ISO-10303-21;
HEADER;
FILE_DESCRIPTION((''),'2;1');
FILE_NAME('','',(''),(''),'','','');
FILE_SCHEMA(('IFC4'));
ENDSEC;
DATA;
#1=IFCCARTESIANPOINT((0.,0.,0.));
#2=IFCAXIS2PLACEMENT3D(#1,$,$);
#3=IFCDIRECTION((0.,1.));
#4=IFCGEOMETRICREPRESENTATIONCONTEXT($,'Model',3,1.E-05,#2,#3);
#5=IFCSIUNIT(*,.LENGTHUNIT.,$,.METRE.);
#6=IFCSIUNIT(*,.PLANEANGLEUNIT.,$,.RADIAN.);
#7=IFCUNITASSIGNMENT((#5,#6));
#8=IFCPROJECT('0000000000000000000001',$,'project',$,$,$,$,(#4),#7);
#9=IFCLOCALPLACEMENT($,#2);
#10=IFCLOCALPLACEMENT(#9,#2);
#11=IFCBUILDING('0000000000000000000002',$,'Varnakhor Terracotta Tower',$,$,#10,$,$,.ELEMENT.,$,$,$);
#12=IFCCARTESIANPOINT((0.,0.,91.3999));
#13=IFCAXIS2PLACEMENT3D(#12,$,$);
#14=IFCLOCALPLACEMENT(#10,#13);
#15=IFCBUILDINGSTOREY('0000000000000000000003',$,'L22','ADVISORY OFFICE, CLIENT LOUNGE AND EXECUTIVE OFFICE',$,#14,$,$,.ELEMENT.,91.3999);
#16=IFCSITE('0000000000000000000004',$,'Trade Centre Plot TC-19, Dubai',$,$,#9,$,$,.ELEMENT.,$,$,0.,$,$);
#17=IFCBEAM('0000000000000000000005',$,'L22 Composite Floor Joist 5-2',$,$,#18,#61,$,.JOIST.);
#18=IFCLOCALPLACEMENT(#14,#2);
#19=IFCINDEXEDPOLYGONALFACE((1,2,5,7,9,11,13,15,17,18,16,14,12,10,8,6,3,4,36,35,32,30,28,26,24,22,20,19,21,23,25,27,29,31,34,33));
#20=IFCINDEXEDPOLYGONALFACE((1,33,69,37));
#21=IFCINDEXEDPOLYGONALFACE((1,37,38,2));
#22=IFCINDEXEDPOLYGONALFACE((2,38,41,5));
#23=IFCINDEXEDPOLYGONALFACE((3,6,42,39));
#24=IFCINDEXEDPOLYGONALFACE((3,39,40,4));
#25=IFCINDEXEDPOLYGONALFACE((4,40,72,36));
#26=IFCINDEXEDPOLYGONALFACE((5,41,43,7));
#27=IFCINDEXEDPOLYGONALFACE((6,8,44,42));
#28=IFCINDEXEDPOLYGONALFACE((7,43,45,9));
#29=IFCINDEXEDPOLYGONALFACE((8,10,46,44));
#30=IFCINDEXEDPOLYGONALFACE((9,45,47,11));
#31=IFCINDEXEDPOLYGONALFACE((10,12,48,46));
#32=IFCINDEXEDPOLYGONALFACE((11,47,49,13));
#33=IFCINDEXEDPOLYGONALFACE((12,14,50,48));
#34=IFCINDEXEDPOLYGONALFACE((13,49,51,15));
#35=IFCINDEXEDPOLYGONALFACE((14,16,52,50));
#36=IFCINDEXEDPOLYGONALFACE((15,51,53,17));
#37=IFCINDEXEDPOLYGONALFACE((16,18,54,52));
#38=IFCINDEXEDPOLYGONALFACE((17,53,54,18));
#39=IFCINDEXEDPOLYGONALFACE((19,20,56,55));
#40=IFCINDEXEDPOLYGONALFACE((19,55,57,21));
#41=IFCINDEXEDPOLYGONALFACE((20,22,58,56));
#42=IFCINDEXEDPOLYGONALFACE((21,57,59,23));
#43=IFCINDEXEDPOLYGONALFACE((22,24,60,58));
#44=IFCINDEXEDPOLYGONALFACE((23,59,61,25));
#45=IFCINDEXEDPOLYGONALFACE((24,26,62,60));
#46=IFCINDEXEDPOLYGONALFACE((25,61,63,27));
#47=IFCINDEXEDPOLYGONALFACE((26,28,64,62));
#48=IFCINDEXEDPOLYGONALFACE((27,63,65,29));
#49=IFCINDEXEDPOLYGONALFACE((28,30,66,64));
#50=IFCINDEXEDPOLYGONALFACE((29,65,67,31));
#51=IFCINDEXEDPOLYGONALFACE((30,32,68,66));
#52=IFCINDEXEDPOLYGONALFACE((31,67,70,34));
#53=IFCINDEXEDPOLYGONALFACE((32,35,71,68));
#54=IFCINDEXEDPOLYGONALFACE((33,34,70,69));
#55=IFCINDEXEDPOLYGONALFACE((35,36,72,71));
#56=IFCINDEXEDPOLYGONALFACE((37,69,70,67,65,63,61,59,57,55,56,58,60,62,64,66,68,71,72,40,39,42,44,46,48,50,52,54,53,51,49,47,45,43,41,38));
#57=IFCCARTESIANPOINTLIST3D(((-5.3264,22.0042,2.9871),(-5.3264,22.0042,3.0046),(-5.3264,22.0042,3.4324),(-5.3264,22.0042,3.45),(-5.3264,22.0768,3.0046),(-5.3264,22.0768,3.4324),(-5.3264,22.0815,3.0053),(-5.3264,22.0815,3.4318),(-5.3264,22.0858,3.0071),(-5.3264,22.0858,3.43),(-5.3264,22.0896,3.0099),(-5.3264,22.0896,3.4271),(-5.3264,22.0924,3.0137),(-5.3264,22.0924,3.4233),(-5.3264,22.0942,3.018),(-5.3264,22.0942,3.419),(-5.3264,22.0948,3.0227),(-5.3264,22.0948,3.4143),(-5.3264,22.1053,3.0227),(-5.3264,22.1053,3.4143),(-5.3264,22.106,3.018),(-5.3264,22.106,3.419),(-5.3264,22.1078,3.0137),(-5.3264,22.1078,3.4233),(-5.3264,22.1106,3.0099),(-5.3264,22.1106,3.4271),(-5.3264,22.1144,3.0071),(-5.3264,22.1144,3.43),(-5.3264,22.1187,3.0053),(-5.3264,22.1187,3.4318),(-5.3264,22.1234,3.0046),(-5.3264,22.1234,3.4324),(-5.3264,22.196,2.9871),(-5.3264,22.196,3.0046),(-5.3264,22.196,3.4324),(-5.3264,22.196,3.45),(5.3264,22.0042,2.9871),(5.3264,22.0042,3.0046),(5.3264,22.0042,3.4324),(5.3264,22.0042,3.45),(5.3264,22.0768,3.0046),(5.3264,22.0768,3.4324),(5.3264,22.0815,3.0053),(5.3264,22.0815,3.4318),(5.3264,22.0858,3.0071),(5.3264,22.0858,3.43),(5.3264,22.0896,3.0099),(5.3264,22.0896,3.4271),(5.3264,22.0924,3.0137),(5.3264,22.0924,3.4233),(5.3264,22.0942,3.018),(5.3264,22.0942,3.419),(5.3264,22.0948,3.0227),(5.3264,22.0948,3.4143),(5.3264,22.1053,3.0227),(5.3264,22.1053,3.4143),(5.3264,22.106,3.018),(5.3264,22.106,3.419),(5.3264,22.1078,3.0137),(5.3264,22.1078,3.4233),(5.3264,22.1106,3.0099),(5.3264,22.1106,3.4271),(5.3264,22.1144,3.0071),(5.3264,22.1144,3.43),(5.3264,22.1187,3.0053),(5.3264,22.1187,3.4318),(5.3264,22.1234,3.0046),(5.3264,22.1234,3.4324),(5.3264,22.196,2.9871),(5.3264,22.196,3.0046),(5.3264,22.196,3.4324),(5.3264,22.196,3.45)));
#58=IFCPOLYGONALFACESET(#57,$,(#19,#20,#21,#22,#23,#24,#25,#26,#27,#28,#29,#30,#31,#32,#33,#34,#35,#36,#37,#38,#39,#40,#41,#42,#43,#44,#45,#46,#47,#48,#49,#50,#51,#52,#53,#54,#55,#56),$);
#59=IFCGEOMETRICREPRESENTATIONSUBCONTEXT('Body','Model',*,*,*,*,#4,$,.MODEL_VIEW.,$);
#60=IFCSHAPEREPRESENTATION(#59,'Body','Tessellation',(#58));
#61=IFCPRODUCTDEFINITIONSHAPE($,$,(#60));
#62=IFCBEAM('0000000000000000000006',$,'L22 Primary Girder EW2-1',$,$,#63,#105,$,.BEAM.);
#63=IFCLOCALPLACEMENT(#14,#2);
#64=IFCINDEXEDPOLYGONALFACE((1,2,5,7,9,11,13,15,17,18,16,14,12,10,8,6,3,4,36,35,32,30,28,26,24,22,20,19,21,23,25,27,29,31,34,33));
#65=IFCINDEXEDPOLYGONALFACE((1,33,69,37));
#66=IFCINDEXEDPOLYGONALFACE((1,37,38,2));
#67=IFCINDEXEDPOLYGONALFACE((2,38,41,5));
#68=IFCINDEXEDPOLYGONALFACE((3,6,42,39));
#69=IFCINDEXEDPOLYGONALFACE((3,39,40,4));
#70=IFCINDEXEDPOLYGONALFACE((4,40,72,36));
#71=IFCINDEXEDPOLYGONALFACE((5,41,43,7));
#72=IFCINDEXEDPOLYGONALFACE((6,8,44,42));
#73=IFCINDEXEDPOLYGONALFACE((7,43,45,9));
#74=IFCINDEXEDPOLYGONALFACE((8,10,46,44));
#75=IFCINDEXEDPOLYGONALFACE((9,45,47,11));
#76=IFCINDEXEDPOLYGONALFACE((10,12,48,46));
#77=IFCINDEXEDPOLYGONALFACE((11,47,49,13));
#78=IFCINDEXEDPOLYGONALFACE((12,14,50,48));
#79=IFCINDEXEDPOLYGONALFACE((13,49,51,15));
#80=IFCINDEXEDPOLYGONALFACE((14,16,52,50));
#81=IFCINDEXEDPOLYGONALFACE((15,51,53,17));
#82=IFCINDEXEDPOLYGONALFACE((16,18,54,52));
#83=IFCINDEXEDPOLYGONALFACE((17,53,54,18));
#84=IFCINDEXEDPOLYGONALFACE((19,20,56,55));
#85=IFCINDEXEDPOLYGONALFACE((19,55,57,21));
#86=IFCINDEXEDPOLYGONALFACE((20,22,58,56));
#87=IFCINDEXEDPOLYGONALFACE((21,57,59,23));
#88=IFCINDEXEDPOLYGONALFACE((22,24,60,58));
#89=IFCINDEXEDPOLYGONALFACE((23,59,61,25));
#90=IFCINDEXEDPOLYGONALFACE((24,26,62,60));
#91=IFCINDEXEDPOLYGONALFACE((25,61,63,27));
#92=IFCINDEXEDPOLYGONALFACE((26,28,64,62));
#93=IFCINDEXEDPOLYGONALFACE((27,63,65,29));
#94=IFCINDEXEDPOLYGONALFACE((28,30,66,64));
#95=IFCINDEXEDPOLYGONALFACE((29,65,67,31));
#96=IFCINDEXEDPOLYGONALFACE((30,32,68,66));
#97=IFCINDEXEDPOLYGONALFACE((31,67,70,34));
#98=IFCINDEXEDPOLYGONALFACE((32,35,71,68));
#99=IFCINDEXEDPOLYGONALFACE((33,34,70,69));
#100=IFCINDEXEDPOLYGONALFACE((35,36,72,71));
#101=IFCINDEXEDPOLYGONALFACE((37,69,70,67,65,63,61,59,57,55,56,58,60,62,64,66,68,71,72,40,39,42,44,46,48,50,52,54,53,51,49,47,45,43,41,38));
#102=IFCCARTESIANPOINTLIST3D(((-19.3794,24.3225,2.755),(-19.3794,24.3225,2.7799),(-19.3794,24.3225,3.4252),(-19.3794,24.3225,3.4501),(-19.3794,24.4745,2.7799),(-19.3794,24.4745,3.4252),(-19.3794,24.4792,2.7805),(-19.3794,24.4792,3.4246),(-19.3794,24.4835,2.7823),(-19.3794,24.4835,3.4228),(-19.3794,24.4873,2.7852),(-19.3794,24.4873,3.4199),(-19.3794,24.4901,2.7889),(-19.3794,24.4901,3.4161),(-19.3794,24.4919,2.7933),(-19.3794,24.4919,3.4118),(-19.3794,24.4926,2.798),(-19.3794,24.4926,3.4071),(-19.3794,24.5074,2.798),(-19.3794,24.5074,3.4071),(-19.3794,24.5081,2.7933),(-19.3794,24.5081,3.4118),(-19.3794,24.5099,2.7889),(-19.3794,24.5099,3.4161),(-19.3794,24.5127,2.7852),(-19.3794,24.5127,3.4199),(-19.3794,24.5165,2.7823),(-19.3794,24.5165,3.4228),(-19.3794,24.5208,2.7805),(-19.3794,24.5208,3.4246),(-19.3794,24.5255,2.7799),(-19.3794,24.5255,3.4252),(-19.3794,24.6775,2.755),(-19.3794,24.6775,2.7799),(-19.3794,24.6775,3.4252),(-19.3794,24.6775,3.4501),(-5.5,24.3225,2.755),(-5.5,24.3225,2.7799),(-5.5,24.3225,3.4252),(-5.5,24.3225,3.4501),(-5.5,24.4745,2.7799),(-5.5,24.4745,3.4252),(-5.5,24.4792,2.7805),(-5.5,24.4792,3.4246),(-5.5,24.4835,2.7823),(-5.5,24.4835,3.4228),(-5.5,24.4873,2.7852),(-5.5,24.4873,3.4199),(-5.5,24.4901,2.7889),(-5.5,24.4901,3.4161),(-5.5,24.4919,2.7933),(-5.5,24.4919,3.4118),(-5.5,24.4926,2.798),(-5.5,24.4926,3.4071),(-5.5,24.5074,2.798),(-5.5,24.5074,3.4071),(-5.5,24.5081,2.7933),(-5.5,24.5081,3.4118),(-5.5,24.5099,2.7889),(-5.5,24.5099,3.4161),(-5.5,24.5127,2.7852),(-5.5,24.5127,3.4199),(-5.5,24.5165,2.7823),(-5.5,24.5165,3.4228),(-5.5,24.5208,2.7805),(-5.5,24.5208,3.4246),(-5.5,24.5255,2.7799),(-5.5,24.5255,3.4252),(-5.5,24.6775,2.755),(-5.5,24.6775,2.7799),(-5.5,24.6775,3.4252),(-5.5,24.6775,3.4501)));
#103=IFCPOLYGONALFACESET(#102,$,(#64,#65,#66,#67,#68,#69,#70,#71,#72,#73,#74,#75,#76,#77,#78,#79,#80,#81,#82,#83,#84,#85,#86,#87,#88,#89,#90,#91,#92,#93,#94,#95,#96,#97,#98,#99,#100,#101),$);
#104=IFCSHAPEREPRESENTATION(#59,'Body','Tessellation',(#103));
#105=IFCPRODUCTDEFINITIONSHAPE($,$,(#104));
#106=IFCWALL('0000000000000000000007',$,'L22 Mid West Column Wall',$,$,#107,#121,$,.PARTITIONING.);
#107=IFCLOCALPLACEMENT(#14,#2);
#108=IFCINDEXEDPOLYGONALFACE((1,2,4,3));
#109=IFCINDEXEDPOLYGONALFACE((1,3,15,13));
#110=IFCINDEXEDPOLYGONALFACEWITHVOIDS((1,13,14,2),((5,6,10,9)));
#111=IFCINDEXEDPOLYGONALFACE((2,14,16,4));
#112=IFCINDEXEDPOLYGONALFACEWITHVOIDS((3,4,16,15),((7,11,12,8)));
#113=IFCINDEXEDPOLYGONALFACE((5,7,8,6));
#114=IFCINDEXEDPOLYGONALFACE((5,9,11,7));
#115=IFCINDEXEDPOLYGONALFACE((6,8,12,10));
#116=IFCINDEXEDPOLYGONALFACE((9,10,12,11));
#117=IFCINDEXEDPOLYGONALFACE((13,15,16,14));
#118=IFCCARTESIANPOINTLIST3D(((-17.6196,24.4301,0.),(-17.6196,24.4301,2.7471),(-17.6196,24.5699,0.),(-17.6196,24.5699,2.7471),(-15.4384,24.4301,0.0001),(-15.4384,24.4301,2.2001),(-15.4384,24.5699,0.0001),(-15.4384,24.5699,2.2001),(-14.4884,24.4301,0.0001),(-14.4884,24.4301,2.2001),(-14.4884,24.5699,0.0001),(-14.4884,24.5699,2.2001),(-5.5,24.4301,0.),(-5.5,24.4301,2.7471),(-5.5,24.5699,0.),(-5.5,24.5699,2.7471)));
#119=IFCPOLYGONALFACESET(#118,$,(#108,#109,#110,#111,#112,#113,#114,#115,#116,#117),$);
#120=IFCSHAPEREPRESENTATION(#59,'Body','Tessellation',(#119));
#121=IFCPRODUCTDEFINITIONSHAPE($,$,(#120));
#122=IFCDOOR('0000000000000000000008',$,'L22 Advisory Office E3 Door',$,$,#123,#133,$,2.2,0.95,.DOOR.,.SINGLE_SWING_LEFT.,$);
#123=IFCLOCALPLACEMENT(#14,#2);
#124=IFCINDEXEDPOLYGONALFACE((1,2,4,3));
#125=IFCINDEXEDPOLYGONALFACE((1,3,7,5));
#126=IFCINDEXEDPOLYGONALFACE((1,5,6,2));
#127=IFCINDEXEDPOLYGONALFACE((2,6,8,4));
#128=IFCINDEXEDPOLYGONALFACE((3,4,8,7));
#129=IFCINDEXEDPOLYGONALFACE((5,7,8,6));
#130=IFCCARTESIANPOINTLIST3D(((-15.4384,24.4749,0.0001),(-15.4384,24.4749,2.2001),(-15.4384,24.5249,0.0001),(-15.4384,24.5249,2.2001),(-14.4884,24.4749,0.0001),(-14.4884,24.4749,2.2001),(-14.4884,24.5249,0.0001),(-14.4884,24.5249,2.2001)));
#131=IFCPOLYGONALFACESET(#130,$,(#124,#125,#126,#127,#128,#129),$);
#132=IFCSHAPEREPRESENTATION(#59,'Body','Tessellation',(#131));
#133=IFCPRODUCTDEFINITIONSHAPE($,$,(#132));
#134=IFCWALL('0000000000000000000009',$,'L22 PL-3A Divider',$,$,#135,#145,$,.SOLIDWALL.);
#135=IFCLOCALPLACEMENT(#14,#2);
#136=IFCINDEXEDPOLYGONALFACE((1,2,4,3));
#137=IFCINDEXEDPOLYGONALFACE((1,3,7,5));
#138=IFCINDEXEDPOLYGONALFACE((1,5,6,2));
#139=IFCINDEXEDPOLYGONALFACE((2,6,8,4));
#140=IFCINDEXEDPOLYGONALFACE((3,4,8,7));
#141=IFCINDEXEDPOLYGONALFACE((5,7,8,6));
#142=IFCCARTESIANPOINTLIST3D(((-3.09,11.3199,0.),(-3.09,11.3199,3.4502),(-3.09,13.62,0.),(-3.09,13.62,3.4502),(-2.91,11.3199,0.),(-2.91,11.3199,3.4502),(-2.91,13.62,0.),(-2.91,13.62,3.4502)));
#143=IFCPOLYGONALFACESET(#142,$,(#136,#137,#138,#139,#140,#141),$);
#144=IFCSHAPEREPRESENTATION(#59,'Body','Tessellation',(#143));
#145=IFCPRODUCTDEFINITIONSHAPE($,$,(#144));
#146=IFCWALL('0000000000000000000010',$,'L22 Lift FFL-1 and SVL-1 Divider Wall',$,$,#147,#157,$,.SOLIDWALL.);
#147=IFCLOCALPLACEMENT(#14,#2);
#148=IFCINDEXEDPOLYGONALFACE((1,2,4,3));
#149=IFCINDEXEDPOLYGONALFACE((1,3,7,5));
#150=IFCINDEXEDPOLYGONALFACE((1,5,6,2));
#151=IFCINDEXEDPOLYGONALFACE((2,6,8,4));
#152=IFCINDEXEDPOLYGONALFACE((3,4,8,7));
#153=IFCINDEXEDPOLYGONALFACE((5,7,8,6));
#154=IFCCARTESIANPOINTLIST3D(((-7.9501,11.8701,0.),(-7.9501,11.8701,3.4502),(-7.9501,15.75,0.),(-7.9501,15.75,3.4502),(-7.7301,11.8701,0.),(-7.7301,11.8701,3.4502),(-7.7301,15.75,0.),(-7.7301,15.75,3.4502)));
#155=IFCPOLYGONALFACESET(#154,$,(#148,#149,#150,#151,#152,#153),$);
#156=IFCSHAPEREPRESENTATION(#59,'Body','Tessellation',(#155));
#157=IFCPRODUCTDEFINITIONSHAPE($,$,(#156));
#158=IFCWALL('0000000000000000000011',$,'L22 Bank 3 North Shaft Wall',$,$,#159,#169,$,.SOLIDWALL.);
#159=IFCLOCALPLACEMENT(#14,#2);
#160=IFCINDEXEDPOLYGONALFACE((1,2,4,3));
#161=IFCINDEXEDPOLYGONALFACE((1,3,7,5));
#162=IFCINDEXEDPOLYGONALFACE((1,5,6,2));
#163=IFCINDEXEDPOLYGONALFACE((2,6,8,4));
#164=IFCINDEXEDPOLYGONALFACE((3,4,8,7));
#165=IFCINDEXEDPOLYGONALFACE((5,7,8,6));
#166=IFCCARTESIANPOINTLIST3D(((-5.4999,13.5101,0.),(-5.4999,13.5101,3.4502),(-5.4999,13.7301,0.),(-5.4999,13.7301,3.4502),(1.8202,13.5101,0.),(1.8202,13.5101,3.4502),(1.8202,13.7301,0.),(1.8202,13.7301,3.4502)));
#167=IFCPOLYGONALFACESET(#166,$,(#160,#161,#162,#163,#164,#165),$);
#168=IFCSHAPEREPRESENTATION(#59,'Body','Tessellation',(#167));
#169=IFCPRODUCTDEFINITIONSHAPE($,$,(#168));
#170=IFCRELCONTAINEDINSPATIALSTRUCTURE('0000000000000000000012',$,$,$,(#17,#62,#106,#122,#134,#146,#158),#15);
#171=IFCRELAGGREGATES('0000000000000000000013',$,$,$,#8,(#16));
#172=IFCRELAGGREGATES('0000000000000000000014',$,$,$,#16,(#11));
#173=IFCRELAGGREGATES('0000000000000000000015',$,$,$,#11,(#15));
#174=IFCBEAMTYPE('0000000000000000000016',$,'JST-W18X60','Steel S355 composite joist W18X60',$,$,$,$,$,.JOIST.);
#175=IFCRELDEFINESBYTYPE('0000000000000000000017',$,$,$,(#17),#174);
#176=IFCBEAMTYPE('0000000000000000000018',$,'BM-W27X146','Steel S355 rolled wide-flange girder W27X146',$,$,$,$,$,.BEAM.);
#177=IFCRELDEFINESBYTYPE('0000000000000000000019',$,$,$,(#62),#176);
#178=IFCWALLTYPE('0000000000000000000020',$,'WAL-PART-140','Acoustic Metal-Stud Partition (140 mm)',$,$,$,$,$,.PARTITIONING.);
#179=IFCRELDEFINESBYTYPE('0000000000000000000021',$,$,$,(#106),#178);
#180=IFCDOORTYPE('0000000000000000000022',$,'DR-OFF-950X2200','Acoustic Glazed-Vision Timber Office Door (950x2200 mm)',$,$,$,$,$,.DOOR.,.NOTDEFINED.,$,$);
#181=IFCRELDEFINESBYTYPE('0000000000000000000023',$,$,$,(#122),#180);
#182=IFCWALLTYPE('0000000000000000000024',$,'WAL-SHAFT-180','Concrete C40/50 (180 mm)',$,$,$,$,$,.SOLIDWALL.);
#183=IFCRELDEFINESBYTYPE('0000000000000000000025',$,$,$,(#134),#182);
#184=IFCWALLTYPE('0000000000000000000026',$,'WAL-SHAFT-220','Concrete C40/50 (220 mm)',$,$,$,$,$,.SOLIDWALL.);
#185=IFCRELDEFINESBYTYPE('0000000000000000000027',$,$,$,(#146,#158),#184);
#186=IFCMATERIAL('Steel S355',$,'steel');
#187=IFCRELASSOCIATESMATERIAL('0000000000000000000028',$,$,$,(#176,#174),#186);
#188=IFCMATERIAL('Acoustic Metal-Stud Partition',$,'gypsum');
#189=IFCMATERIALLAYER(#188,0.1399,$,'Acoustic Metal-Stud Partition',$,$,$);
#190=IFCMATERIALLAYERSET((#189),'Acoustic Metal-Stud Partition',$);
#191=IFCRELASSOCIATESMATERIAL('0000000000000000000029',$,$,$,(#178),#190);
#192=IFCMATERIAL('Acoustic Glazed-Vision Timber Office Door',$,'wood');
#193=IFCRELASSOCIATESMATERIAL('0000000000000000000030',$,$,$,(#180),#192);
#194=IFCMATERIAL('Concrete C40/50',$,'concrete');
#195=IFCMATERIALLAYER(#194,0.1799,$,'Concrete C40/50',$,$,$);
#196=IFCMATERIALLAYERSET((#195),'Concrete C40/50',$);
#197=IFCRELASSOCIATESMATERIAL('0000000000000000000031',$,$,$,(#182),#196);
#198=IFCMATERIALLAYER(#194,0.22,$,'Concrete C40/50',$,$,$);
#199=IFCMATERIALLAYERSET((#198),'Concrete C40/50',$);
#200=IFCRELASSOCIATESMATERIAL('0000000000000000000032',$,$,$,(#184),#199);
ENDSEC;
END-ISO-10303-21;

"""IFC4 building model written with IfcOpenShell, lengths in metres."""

from ifc_helpers import new_model, si_unit, direction, frame, frame_2d, origin, origin_2d, place, context, subcontext, project, spatial, rectangle, i_section, extrude, source, transform, mapped, material, layer, layer_set, material_profile, profile_set, type_object, type_shapes, element, fill, save


model = new_model("IFC4")

# Units and contexts
model_context = context("Model", 3, precision=1e-05, world=origin(), true_north=direction((0.0, 1.0)))
body_context = subcontext(model_context, "Body", "Model", "MODEL_VIEW")
ifc_project = project(units=[si_unit("LENGTHUNIT", "METRE"), si_unit("PLANEANGLEUNIT", "RADIAN")], contexts=[model_context])

# Site, building, storey
site_placement = place(None, origin())
site = spatial("IfcSite", under=ifc_project, at=site_placement, Name="Trade Centre Plot TC-19, Dubai", CompositionType="ELEMENT", RefElevation=0.0)
building_placement = place(site_placement, origin())
building = spatial("IfcBuilding", under=site, at=building_placement, Name="Varnakhor Terracotta Tower", CompositionType="ELEMENT")
storey_placement = place(building_placement, frame((0.0, 0.0, 91.3999)))
storey = spatial("IfcBuildingStorey", under=building, at=storey_placement, Name="L22", Description="ADVISORY OFFICE, CLIENT LOUNGE AND EXECUTIVE OFFICE", CompositionType="ELEMENT", Elevation=91.3999)

# Beams
ifc_material_1 = material(Name="Steel S355", Category="steel")
ifc_material_profile_1 = material_profile(ifc_material_1, i_section(OverallWidth=0.355, OverallDepth=0.6951, WebThickness=0.0149, FlangeThickness=0.0249, FilletRadius=0.0181, at=origin_2d()), Name="W27X146")
ifc_profile_set_1 = profile_set([ifc_material_profile_1], Name="Steel S355")
beam_type_1 = type_object("IfcBeamType", Name="BM-W27X146", Description="Steel S355 rolled wide-flange girder W27X146", PredefinedType="BEAM", material=ifc_profile_set_1)
ifc_material_profile_2 = material_profile(ifc_material_1, i_section(OverallWidth=0.1919, OverallDepth=0.4629, WebThickness=0.0105, FlangeThickness=0.0176, FilletRadius=0.0181, at=origin_2d()), Name="W18X60")
ifc_profile_set_2 = profile_set([ifc_material_profile_2], Name="Steel S355")
beam_type_2 = type_object("IfcBeamType", Name="JST-W18X60", Description="Steel S355 composite joist W18X60", PredefinedType="JOIST", material=ifc_profile_set_2)
shared_shape_1 = source(origin(), body_context, "Body", "SweptSolid", [
    extrude(i_section(OverallWidth=0.1919, OverallDepth=0.4629, WebThickness=0.0105, FlangeThickness=0.0176, FilletRadius=0.0181, at=origin_2d()), origin(), (0.0, 0.0, 1.0), 10.6528),
])
for number, where, z_axis, x_axis, name in (
    (1, (-5.3264, 22.1001, 3.2185), (1.0, 0.0, 0.0), (0.0, 1.0, 0.0), "L22 Composite Floor Joist 5-2"),
):
    element("IfcBeam", number, at=place(storey_placement, frame(where, z_axis=z_axis, x_axis=x_axis)), inside=storey, type_object=beam_type_2, Name=name, PredefinedType="JOIST", context=body_context, shape_type="MappedRepresentation", body=[
        mapped(shared_shape_1, transform((0.0, 0.0, 0.0), scale=1.0)),
    ])
shared_shape_2 = source(origin(), body_context, "Body", "SweptSolid", [
    extrude(i_section(OverallWidth=0.355, OverallDepth=0.6951, WebThickness=0.0149, FlangeThickness=0.0249, FilletRadius=0.0181, at=origin_2d()), origin(), (0.0, 0.0, 1.0), 13.8794),
])
beam_1_placement = place(storey_placement, frame((-19.3794, 24.5, 3.1025), z_axis=(1.0, 0.0, 0.0), x_axis=(0.0, 1.0, 0.0)))
element("IfcBeam", 2, at=beam_1_placement, inside=storey, type_object=beam_type_1, Name="L22 Primary Girder EW2-1", PredefinedType="BEAM", context=body_context, shape_type="MappedRepresentation", body=[
    mapped(shared_shape_2, transform((0.0, 0.0, 0.0), scale=1.0)),
])

# Wall, opening, door
ifc_material_2 = material(Name="Acoustic Metal-Stud Partition", Category="gypsum")
ifc_layer_1 = layer(ifc_material_2, 0.1399, Name="Acoustic Metal-Stud Partition")
ifc_layer_set_1 = layer_set([ifc_layer_1], Name="Acoustic Metal-Stud Partition")
wall_type_1 = type_object("IfcWallType", Name="WAL-PART-140", Description="Acoustic Metal-Stud Partition (140 mm)", PredefinedType="PARTITIONING", material=ifc_layer_set_1)
wall_1_placement = place(storey_placement, frame((-17.6196, 24.5, 0.0), z_axis=(0.0, 0.0, 1.0), x_axis=(1.0, 0.0, 0.0)))
wall_1 = element("IfcWall", 3, at=wall_1_placement, inside=storey, type_object=wall_type_1, Name="L22 Mid West Column Wall", PredefinedType="PARTITIONING", context=body_context, shape_type="SweptSolid", body=[
    extrude(rectangle(XDim=12.1196, YDim=0.1399, at=frame_2d((6.0598, 0.0))), origin(), (0.0, 0.0, 1.0), 2.7471),
])
opening_1_placement = place(wall_1_placement, frame((2.1812, 0.0, 0.0)))
opening_1 = element("IfcOpeningElement", 4, at=opening_1_placement, cuts=wall_1, PredefinedType="OPENING", context=body_context, shape_type="SweptSolid", body=[
    extrude(rectangle(XDim=0.95, YDim=2.2, at=frame_2d((0.4751, 1.1001))), frame((0.0, 0.0801, 0.0), z_axis=(0.0, -1.0, 0.0), x_axis=(1.0, 0.0, 0.0)), (0.0, 0.0, 1.0), 0.1599),
])
ifc_material_3 = material(Name="Acoustic Glazed-Vision Timber Office Door", Category="wood")
door_type_1 = type_object("IfcDoorType", Name="DR-OFF-950X2200", Description="Acoustic Glazed-Vision Timber Office Door (950x2200 mm)", OperationType="NOTDEFINED", PredefinedType="DOOR", material=ifc_material_3)
shared_shape_3 = source(origin(), body_context, "Body", "SweptSolid", [
    extrude(rectangle(XDim=0.95, YDim=2.2, at=frame_2d((0.4751, 1.1001))), frame((0.0, 0.0249, 0.0), z_axis=(0.0, -1.0, 0.0), x_axis=(1.0, 0.0, 0.0)), (0.0, 0.0, 1.0), 0.05),
])
type_shapes(door_type_1, [shared_shape_3])
door_1_placement = place(opening_1_placement, origin())
door_1 = element("IfcDoor", 5, at=door_1_placement, inside=storey, type_object=door_type_1, Name="L22 Advisory Office E3 Door", OperationType="SINGLE_SWING_LEFT", OverallHeight=2.2, OverallWidth=0.95, PredefinedType="DOOR", context=body_context, shape_type="MappedRepresentation", body=[
    mapped(shared_shape_3, transform((0.0, 0.0, 0.0), scale=1.0)),
])
fill(opening_1, door_1)

# Walls
ifc_material_4 = material(Name="Concrete C40/50", Category="concrete")
ifc_layer_2 = layer(ifc_material_4, 0.1799, Name="Concrete C40/50")
ifc_layer_set_2 = layer_set([ifc_layer_2], Name="Concrete C40/50")
wall_type_2 = type_object("IfcWallType", Name="WAL-SHAFT-180", Description="Concrete C40/50 (180 mm)", PredefinedType="SOLIDWALL", material=ifc_layer_set_2)
wall_2_placement = place(storey_placement, frame((-3.0, 11.3201, 0.0), z_axis=(0.0, 0.0, 1.0), x_axis=(0.0, 1.0, 0.0)))
element("IfcWall", 6, at=wall_2_placement, inside=storey, type_object=wall_type_2, Name="L22 PL-3A Divider", PredefinedType="SOLIDWALL", context=body_context, shape_type="SweptSolid", body=[
    extrude(rectangle(XDim=2.3, YDim=0.1799, at=frame_2d((1.1499, 0.0))), origin(), (0.0, 0.0, 1.0), 3.4502),
])
ifc_layer_3 = layer(ifc_material_4, 0.22, Name="Concrete C40/50")
ifc_layer_set_3 = layer_set([ifc_layer_3], Name="Concrete C40/50")
wall_type_3 = type_object("IfcWallType", Name="WAL-SHAFT-220", Description="Concrete C40/50 (220 mm)", PredefinedType="SOLIDWALL", material=ifc_layer_set_3)
wall_3_placement = place(storey_placement, frame((-7.8401, 11.8701, 0.0), z_axis=(0.0, 0.0, 1.0), x_axis=(0.0, 1.0, 0.0)))
element("IfcWall", 7, at=wall_3_placement, inside=storey, type_object=wall_type_3, Name="L22 Lift FFL-1 and SVL-1 Divider Wall", PredefinedType="SOLIDWALL", context=body_context, shape_type="SweptSolid", body=[
    extrude(rectangle(XDim=3.8799, YDim=0.22, at=frame_2d((1.9399, 0.0))), origin(), (0.0, 0.0, 1.0), 3.4502),
])
wall_4_placement = place(storey_placement, frame((-5.5, 13.6201, 0.0), z_axis=(0.0, 0.0, 1.0), x_axis=(1.0, 0.0, 0.0)))
element("IfcWall", 8, at=wall_4_placement, inside=storey, type_object=wall_type_3, Name="L22 Bank 3 North Shaft Wall", PredefinedType="SOLIDWALL", context=body_context, shape_type="SweptSolid", body=[
    extrude(rectangle(XDim=7.3201, YDim=0.22, at=frame_2d((3.6602, 0.0))), origin(), (0.0, 0.0, 1.0), 3.4502),
])

save(model, "model.ifc")
